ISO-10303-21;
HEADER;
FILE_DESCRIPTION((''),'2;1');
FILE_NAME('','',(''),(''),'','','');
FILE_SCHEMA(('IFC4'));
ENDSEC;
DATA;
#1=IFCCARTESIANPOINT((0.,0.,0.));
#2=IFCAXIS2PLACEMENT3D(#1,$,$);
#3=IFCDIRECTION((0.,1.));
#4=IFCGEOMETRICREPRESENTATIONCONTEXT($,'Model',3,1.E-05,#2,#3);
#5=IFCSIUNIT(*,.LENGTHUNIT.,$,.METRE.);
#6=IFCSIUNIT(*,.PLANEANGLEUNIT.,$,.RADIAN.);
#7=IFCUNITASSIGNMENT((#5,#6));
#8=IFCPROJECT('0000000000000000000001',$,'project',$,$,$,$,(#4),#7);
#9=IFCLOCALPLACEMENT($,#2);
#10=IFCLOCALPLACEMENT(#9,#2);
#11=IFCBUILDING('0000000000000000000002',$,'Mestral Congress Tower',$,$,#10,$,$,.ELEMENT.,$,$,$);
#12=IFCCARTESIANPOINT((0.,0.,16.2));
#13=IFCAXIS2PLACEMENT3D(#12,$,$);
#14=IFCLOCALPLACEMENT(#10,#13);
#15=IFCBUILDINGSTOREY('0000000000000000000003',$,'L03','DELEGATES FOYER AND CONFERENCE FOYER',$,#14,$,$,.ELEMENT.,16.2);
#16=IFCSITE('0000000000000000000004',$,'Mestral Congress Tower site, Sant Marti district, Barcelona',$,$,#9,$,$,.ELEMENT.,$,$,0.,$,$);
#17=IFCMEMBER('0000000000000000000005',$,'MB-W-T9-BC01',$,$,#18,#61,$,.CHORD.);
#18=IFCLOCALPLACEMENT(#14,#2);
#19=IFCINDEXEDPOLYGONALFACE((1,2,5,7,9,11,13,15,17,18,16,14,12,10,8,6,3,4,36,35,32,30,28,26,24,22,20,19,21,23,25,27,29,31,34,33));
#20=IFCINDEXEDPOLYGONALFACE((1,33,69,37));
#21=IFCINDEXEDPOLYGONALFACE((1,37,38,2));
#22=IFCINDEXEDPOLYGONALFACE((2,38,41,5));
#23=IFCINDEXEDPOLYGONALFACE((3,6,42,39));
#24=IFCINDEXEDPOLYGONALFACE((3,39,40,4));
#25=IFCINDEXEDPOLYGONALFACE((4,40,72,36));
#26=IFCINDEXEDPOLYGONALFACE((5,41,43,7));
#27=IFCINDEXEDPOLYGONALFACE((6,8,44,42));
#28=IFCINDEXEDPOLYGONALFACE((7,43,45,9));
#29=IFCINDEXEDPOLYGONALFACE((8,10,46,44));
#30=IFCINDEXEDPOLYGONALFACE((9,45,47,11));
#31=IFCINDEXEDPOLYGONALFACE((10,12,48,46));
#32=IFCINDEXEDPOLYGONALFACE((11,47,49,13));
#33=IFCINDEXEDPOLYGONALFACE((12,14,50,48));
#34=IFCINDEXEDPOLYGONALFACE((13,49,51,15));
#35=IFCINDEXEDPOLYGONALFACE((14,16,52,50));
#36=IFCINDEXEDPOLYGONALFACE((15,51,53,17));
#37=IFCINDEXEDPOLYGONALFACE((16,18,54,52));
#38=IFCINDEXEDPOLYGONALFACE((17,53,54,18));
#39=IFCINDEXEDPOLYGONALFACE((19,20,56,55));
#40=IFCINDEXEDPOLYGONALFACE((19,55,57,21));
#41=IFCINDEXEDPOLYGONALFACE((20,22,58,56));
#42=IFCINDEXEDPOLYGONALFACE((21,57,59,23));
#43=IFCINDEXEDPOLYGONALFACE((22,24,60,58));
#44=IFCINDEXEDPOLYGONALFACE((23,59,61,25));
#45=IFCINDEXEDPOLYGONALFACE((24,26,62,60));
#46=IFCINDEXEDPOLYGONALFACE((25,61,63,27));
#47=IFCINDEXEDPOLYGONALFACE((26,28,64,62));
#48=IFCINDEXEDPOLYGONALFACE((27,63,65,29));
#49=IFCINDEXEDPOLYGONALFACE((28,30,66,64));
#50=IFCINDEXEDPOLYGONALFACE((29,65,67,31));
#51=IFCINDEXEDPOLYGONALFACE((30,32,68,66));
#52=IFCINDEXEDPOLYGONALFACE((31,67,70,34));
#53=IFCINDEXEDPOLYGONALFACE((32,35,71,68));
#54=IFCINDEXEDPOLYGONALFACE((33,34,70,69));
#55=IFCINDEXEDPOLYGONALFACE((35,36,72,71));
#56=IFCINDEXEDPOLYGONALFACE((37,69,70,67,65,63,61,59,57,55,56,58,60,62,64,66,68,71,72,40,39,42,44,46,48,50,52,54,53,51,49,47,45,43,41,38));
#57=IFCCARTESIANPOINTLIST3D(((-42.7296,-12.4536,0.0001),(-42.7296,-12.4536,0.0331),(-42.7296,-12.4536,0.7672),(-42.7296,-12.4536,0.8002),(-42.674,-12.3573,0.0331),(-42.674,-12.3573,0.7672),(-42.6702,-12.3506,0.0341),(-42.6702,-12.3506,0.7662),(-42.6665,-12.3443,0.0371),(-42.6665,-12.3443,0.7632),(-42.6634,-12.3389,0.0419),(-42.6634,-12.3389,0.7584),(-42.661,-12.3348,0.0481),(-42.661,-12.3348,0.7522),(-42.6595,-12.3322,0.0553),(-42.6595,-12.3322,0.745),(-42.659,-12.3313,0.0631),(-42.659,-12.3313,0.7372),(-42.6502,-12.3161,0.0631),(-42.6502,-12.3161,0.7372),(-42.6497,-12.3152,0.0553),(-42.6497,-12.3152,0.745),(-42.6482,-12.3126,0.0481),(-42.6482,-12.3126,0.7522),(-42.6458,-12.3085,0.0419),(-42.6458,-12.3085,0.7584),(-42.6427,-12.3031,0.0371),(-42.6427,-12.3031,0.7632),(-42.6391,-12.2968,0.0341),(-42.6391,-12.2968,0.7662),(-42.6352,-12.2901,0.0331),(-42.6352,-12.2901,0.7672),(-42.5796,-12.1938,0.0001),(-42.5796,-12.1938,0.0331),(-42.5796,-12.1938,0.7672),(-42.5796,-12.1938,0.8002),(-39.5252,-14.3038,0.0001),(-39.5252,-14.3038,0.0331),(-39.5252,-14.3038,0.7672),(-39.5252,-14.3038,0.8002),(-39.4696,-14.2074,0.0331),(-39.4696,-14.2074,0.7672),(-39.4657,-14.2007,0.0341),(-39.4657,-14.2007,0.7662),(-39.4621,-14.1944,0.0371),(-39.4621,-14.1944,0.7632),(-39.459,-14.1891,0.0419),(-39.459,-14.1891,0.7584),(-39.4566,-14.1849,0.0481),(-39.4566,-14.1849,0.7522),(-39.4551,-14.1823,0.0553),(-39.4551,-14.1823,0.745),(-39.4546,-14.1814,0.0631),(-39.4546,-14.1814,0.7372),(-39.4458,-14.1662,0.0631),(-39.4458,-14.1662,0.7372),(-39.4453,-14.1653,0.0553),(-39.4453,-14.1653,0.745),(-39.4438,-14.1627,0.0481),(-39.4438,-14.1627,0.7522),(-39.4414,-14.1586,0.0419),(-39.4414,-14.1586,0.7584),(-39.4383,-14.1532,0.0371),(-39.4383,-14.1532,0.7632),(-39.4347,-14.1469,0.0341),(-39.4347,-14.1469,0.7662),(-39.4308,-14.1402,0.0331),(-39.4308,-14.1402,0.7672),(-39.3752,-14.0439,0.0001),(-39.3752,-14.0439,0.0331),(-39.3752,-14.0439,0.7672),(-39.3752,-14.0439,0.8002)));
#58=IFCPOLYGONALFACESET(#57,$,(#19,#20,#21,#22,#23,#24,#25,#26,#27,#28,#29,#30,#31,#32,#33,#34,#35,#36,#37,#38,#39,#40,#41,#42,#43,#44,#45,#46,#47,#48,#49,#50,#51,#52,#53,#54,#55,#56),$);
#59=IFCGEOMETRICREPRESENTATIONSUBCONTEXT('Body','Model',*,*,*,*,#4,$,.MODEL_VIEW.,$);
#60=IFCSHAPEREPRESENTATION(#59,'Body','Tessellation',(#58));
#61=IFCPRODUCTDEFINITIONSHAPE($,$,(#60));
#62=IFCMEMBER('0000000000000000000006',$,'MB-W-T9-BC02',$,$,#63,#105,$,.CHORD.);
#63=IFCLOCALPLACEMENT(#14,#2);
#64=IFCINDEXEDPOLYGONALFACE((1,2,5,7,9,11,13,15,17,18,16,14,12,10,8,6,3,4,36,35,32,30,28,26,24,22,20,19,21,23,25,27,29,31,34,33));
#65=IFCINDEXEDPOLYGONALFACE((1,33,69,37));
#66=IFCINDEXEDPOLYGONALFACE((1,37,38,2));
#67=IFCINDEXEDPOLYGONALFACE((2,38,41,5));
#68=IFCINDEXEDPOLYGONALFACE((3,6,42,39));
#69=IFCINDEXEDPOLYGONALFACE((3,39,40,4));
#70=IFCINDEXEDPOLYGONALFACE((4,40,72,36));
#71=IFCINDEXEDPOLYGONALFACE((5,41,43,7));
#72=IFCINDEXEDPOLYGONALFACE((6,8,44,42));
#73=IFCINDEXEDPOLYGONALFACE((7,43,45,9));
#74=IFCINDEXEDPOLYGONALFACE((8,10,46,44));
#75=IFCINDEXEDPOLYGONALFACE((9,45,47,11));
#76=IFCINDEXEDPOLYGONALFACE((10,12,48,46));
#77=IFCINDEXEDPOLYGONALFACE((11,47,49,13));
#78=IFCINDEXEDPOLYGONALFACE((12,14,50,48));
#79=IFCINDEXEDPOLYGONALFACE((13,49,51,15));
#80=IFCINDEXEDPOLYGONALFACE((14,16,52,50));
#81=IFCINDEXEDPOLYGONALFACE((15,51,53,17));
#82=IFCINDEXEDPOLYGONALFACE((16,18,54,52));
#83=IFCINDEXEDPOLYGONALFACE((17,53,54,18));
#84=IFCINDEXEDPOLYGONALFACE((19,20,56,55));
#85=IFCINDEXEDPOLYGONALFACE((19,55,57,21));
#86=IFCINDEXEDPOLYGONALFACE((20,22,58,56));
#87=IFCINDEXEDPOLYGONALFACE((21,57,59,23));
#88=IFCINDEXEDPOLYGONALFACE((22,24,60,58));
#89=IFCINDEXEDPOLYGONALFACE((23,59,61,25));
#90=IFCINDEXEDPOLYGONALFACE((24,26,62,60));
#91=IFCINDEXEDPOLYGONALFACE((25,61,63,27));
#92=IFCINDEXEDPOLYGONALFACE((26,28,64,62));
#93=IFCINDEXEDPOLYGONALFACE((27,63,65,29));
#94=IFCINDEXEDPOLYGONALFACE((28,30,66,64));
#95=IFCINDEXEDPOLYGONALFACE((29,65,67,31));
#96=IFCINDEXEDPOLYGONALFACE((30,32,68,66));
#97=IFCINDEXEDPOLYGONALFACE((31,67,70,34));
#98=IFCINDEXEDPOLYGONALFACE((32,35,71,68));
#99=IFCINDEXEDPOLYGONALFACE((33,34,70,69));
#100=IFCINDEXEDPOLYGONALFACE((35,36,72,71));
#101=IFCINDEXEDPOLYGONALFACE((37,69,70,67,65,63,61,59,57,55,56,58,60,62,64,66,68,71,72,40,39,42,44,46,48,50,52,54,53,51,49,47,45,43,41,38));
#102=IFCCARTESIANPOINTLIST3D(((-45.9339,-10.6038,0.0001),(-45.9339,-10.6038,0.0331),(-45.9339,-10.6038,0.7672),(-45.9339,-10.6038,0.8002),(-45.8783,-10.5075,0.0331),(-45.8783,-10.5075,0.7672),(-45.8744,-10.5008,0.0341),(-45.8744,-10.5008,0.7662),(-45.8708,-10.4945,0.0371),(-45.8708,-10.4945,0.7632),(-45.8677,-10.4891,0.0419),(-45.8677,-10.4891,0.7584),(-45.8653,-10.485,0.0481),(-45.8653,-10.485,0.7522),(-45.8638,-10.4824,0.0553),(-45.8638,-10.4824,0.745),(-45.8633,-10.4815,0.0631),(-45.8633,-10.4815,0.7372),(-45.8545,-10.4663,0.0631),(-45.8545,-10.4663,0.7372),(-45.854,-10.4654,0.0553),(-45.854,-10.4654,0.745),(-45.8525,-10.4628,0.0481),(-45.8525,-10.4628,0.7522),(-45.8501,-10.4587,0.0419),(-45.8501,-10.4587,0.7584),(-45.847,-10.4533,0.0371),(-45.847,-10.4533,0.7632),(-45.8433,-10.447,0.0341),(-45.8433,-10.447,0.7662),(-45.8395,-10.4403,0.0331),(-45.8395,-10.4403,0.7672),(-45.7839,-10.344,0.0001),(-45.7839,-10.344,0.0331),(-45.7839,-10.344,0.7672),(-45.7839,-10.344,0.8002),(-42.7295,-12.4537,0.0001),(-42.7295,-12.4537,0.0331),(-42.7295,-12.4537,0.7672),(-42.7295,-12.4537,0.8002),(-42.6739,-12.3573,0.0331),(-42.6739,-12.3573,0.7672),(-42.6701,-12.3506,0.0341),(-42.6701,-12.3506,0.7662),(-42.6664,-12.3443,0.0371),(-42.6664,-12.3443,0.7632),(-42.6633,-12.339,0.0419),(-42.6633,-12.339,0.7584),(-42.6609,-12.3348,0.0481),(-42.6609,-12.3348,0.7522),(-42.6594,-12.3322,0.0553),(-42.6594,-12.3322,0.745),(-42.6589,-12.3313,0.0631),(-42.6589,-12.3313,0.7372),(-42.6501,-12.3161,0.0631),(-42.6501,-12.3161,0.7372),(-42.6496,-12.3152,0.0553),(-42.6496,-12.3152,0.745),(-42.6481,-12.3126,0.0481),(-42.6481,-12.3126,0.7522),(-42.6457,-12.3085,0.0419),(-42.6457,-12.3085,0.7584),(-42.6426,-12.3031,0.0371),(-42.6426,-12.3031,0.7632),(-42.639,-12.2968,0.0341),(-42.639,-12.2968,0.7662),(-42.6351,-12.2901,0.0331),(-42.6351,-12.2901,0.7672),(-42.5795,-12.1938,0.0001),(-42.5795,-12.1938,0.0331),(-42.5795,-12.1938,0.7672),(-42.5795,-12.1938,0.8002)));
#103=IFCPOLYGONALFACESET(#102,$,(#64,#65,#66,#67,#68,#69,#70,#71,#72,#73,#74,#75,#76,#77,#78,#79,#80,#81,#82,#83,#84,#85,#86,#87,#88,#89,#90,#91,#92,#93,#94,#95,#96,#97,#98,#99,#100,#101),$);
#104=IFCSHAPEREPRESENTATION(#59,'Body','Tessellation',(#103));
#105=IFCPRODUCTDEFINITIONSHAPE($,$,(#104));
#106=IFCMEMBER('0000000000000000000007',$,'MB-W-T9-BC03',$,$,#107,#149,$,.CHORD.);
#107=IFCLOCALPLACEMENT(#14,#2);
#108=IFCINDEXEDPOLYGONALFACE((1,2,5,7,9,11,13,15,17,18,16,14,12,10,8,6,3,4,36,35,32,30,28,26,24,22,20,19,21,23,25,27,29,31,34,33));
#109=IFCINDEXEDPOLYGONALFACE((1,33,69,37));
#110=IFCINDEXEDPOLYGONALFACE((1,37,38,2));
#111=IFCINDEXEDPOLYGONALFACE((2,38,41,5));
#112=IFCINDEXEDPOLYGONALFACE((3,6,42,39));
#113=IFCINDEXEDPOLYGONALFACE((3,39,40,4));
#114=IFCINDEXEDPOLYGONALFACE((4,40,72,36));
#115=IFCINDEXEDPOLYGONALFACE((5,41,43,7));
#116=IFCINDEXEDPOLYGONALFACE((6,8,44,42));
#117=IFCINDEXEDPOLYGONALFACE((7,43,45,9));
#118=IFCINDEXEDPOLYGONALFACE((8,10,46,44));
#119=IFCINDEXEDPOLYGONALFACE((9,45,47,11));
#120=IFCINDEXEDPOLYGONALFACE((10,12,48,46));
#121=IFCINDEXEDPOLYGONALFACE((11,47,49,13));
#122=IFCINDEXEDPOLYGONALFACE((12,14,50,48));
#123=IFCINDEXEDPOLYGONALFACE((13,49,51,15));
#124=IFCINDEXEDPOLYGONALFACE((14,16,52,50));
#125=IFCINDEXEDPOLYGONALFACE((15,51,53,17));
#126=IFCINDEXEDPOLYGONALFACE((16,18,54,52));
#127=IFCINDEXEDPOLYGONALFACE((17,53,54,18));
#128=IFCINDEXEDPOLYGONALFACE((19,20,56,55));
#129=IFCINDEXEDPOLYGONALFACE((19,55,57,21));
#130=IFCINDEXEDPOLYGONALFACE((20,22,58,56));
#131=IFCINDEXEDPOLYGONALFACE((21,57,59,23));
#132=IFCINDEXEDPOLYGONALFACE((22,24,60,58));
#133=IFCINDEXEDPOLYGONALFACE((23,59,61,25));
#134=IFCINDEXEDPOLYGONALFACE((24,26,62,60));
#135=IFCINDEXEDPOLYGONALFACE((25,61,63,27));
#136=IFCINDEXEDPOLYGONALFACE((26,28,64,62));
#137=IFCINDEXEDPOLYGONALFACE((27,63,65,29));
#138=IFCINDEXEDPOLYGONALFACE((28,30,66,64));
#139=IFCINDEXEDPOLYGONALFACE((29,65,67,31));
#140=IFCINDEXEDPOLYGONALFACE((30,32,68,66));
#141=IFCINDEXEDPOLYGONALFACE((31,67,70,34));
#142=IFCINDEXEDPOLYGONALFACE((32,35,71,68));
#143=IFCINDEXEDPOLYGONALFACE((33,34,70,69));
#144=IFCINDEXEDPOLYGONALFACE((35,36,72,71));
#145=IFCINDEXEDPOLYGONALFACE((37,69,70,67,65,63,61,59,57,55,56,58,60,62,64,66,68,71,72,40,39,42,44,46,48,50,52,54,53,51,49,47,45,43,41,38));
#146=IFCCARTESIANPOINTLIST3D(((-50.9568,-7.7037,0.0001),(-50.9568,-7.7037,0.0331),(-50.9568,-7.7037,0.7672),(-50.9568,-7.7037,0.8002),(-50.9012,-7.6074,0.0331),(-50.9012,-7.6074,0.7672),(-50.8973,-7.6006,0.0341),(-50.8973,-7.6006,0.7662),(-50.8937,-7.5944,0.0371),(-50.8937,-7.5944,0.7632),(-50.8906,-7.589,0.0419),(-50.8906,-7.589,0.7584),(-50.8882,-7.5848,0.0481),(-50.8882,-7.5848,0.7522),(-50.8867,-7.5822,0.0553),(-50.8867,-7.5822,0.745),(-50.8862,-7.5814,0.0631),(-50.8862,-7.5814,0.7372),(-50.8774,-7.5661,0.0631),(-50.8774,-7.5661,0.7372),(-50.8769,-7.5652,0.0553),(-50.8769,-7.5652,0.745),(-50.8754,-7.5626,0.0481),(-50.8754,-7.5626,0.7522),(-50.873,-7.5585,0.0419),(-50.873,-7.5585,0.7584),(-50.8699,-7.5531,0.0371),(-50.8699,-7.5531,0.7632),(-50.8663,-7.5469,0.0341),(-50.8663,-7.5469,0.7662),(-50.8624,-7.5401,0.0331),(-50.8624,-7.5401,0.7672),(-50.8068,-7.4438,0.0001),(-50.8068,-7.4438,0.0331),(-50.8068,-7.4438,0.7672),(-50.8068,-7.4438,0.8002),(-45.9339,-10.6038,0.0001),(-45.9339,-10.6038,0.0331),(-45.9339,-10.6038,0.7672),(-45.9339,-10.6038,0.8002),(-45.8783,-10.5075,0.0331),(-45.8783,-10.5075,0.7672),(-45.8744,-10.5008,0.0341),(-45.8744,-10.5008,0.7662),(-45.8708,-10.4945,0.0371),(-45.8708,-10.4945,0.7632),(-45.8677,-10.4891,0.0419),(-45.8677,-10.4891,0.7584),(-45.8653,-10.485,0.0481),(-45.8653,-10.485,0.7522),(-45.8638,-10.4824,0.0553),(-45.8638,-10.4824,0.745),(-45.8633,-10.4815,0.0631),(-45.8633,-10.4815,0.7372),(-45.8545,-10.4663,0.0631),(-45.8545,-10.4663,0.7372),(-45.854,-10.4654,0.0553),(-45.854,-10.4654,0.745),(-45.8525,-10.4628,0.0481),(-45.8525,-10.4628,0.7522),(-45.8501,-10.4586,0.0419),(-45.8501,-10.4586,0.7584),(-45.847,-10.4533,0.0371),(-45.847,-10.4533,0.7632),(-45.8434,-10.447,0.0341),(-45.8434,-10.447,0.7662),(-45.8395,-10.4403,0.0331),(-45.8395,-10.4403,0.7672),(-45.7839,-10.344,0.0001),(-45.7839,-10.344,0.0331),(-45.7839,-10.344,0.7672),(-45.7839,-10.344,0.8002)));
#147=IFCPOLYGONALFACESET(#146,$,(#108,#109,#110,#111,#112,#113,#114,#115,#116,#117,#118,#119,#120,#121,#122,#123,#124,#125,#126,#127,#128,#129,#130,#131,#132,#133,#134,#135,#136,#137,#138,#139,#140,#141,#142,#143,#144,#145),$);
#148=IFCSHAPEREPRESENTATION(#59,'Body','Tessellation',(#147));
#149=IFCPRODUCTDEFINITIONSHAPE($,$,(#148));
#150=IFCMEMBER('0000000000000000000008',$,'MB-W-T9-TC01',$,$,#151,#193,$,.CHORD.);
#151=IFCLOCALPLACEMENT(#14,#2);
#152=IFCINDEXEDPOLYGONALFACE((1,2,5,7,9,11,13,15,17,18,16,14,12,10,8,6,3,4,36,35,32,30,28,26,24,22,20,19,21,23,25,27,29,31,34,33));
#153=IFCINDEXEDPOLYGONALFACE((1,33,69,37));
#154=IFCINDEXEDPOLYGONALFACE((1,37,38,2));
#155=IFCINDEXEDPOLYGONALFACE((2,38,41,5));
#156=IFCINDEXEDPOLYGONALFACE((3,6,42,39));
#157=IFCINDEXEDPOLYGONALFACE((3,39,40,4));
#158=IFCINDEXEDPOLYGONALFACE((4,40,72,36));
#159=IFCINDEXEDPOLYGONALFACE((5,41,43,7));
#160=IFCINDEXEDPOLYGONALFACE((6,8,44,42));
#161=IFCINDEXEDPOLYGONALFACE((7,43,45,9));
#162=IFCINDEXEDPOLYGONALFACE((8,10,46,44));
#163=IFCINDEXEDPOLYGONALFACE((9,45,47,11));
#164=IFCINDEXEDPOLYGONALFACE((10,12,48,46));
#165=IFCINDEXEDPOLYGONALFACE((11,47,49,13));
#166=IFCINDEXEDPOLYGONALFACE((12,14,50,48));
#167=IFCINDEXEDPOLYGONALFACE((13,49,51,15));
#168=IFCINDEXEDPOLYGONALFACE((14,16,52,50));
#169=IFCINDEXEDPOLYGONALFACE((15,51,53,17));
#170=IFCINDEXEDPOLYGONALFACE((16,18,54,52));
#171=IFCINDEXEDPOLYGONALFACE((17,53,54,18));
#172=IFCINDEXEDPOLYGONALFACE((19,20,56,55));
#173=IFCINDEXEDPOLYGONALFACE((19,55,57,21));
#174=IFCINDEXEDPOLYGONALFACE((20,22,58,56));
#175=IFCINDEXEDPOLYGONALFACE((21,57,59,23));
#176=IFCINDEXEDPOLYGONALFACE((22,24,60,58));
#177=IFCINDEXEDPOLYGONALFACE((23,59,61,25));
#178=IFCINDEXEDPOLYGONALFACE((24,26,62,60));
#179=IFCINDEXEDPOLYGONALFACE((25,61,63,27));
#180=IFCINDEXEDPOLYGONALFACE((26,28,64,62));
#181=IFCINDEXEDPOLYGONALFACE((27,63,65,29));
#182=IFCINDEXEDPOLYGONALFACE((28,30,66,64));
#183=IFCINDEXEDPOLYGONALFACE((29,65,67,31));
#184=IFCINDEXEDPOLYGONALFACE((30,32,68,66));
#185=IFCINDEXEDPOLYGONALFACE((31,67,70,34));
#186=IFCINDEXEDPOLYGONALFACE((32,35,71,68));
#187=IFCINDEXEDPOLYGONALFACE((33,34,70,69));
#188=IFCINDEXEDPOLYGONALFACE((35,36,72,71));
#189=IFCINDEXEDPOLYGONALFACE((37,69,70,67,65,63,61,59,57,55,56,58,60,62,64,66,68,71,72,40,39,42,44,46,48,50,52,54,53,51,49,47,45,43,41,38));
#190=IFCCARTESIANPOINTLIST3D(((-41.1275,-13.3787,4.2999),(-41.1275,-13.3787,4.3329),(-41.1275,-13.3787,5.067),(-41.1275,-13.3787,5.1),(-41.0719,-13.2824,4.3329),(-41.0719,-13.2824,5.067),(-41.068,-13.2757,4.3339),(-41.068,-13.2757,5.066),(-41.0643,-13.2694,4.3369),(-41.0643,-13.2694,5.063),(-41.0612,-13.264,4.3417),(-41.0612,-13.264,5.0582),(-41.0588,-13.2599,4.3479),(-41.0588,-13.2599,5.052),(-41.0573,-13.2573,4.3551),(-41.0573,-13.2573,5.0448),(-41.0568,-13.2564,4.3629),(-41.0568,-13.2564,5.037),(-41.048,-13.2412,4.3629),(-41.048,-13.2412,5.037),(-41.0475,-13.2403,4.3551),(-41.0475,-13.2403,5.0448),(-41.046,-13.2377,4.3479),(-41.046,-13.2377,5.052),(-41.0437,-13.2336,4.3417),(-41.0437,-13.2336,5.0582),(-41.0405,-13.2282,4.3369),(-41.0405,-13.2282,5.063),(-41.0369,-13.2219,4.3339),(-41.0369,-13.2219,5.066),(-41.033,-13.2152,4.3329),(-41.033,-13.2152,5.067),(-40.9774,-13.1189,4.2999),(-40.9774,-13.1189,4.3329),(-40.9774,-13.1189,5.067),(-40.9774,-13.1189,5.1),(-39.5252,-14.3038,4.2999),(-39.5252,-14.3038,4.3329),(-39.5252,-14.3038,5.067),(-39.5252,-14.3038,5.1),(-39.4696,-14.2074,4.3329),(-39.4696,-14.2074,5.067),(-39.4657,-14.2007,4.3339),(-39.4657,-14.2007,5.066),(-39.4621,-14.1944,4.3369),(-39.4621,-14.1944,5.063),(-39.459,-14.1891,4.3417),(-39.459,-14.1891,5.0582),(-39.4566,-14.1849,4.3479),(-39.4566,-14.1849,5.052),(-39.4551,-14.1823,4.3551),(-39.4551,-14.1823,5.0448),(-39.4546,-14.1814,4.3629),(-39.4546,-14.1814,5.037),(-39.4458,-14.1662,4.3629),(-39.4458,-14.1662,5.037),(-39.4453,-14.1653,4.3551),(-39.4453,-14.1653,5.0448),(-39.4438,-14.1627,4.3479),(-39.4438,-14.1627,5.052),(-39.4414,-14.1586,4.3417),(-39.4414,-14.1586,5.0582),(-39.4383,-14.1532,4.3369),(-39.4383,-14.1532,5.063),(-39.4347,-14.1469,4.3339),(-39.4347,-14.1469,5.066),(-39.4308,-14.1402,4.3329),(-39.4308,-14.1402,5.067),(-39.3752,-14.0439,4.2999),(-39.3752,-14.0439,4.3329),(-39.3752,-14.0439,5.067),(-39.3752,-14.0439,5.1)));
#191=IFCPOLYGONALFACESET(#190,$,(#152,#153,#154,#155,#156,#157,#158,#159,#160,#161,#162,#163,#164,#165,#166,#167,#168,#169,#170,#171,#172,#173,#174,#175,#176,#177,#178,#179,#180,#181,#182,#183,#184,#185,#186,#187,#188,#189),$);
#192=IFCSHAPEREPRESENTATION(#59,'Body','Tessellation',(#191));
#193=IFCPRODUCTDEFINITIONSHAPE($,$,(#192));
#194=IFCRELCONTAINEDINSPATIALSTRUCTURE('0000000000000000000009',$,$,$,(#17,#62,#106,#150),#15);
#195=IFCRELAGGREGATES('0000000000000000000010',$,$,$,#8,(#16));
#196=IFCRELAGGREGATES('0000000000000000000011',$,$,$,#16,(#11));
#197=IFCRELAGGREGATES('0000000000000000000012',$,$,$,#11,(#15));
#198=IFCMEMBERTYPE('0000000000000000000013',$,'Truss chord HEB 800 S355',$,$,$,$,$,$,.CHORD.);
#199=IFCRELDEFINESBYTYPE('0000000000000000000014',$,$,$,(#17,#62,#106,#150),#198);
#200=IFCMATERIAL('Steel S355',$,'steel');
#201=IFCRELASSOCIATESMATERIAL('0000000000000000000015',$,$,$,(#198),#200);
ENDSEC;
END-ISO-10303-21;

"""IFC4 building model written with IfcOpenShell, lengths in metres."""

from ifc_helpers import new_model, si_unit, direction, frame, origin, origin_2d, place, context, subcontext, project, spatial, i_section, extrude, material, material_profile, profile_set, type_object, element, save


model = new_model("IFC4")

# Units and contexts
model_context = context("Model", 3, precision=1e-05, world=origin(), true_north=direction((0.0, 1.0)))
body_context = subcontext(model_context, "Body", "Model", "MODEL_VIEW")
ifc_project = project(units=[si_unit("LENGTHUNIT", "METRE"), si_unit("PLANEANGLEUNIT", "RADIAN")], contexts=[model_context])

# Site, building, storey
site_placement = place(None, origin())
site = spatial("IfcSite", under=ifc_project, at=site_placement, Name="Mestral Congress Tower site, Sant Marti district, Barcelona", CompositionType="ELEMENT", RefElevation=0.0)
building_placement = place(site_placement, origin())
building = spatial("IfcBuilding", under=site, at=building_placement, Name="Mestral Congress Tower", CompositionType="ELEMENT")
storey_placement = place(building_placement, frame((0.0, 0.0, 16.2)))
storey = spatial("IfcBuildingStorey", under=building, at=storey_placement, Name="L03", Description="DELEGATES FOYER AND CONFERENCE FOYER", CompositionType="ELEMENT", Elevation=16.2)

# Shared definitions
ifc_material_1 = material(Name="Steel S355", Category="steel")

# Members
ifc_material_profile_1 = material_profile(ifc_material_1, i_section(OverallWidth=0.3, OverallDepth=0.8, WebThickness=0.0176, FlangeThickness=0.033, FilletRadius=0.03, at=origin_2d()), Name="HEB 800")
ifc_profile_set_1 = profile_set([ifc_material_profile_1], Name="Steel S355")
member_type_1 = type_object("IfcMemberType", Name="Truss chord HEB 800 S355", PredefinedType="CHORD", material=ifc_profile_set_1)
member_1_placement = place(storey_placement, frame((-39.4502, -14.1738, 0.4001), z_axis=(-0.866017, 0.500014, 0.0), x_axis=(-0.500014, -0.866017, 0.0)))
element("IfcMember", 1, at=member_1_placement, inside=storey, type_object=member_type_1, Name="MB-W-T9-BC01", PredefinedType="CHORD", context=body_context, shape_type="SweptSolid", body=[
    extrude(i_section(OverallWidth=0.3, OverallDepth=0.8, WebThickness=0.0176, FlangeThickness=0.033, FilletRadius=0.03, at=origin_2d()), origin(), (0.0, 0.0, 1.0), 3.7002),
])
member_2_placement = place(storey_placement, frame((-42.6545, -12.3237, 0.4001), z_axis=(-0.866046, 0.499964, 0.0), x_axis=(-0.499964, -0.866046, 0.0)))
element("IfcMember", 2, at=member_2_placement, inside=storey, type_object=member_type_1, Name="MB-W-T9-BC02", PredefinedType="CHORD", context=body_context, shape_type="SweptSolid", body=[
    extrude(i_section(OverallWidth=0.3, OverallDepth=0.8, WebThickness=0.0176, FlangeThickness=0.033, FilletRadius=0.03, at=origin_2d()), origin(), (0.0, 0.0, 1.0), 3.7),
])
member_3_placement = place(storey_placement, frame((-45.8589, -10.4739, 0.4001), z_axis=(-0.866015, 0.500019, 0.0), x_axis=(-0.500019, -0.866015, 0.0)))
element("IfcMember", 3, at=member_3_placement, inside=storey, type_object=member_type_1, Name="MB-W-T9-BC03", PredefinedType="CHORD", context=body_context, shape_type="SweptSolid", body=[
    extrude(i_section(OverallWidth=0.3, OverallDepth=0.8, WebThickness=0.0176, FlangeThickness=0.033, FilletRadius=0.03, at=origin_2d()), origin(), (0.0, 0.0, 1.0), 5.8),
])
member_4_placement = place(storey_placement, frame((-39.4502, -14.1738, 4.7), z_axis=(-0.866034, 0.499985, 0.0), x_axis=(-0.499985, -0.866034, 0.0)))
element("IfcMember", 4, at=member_4_placement, inside=storey, type_object=member_type_1, Name="MB-W-T9-TC01", PredefinedType="CHORD", context=body_context, shape_type="SweptSolid", body=[
    extrude(i_section(OverallWidth=0.3, OverallDepth=0.8, WebThickness=0.0176, FlangeThickness=0.033, FilletRadius=0.03, at=origin_2d()), origin(), (0.0, 0.0, 1.0), 1.8501),
])

save(model, "model.ifc")
